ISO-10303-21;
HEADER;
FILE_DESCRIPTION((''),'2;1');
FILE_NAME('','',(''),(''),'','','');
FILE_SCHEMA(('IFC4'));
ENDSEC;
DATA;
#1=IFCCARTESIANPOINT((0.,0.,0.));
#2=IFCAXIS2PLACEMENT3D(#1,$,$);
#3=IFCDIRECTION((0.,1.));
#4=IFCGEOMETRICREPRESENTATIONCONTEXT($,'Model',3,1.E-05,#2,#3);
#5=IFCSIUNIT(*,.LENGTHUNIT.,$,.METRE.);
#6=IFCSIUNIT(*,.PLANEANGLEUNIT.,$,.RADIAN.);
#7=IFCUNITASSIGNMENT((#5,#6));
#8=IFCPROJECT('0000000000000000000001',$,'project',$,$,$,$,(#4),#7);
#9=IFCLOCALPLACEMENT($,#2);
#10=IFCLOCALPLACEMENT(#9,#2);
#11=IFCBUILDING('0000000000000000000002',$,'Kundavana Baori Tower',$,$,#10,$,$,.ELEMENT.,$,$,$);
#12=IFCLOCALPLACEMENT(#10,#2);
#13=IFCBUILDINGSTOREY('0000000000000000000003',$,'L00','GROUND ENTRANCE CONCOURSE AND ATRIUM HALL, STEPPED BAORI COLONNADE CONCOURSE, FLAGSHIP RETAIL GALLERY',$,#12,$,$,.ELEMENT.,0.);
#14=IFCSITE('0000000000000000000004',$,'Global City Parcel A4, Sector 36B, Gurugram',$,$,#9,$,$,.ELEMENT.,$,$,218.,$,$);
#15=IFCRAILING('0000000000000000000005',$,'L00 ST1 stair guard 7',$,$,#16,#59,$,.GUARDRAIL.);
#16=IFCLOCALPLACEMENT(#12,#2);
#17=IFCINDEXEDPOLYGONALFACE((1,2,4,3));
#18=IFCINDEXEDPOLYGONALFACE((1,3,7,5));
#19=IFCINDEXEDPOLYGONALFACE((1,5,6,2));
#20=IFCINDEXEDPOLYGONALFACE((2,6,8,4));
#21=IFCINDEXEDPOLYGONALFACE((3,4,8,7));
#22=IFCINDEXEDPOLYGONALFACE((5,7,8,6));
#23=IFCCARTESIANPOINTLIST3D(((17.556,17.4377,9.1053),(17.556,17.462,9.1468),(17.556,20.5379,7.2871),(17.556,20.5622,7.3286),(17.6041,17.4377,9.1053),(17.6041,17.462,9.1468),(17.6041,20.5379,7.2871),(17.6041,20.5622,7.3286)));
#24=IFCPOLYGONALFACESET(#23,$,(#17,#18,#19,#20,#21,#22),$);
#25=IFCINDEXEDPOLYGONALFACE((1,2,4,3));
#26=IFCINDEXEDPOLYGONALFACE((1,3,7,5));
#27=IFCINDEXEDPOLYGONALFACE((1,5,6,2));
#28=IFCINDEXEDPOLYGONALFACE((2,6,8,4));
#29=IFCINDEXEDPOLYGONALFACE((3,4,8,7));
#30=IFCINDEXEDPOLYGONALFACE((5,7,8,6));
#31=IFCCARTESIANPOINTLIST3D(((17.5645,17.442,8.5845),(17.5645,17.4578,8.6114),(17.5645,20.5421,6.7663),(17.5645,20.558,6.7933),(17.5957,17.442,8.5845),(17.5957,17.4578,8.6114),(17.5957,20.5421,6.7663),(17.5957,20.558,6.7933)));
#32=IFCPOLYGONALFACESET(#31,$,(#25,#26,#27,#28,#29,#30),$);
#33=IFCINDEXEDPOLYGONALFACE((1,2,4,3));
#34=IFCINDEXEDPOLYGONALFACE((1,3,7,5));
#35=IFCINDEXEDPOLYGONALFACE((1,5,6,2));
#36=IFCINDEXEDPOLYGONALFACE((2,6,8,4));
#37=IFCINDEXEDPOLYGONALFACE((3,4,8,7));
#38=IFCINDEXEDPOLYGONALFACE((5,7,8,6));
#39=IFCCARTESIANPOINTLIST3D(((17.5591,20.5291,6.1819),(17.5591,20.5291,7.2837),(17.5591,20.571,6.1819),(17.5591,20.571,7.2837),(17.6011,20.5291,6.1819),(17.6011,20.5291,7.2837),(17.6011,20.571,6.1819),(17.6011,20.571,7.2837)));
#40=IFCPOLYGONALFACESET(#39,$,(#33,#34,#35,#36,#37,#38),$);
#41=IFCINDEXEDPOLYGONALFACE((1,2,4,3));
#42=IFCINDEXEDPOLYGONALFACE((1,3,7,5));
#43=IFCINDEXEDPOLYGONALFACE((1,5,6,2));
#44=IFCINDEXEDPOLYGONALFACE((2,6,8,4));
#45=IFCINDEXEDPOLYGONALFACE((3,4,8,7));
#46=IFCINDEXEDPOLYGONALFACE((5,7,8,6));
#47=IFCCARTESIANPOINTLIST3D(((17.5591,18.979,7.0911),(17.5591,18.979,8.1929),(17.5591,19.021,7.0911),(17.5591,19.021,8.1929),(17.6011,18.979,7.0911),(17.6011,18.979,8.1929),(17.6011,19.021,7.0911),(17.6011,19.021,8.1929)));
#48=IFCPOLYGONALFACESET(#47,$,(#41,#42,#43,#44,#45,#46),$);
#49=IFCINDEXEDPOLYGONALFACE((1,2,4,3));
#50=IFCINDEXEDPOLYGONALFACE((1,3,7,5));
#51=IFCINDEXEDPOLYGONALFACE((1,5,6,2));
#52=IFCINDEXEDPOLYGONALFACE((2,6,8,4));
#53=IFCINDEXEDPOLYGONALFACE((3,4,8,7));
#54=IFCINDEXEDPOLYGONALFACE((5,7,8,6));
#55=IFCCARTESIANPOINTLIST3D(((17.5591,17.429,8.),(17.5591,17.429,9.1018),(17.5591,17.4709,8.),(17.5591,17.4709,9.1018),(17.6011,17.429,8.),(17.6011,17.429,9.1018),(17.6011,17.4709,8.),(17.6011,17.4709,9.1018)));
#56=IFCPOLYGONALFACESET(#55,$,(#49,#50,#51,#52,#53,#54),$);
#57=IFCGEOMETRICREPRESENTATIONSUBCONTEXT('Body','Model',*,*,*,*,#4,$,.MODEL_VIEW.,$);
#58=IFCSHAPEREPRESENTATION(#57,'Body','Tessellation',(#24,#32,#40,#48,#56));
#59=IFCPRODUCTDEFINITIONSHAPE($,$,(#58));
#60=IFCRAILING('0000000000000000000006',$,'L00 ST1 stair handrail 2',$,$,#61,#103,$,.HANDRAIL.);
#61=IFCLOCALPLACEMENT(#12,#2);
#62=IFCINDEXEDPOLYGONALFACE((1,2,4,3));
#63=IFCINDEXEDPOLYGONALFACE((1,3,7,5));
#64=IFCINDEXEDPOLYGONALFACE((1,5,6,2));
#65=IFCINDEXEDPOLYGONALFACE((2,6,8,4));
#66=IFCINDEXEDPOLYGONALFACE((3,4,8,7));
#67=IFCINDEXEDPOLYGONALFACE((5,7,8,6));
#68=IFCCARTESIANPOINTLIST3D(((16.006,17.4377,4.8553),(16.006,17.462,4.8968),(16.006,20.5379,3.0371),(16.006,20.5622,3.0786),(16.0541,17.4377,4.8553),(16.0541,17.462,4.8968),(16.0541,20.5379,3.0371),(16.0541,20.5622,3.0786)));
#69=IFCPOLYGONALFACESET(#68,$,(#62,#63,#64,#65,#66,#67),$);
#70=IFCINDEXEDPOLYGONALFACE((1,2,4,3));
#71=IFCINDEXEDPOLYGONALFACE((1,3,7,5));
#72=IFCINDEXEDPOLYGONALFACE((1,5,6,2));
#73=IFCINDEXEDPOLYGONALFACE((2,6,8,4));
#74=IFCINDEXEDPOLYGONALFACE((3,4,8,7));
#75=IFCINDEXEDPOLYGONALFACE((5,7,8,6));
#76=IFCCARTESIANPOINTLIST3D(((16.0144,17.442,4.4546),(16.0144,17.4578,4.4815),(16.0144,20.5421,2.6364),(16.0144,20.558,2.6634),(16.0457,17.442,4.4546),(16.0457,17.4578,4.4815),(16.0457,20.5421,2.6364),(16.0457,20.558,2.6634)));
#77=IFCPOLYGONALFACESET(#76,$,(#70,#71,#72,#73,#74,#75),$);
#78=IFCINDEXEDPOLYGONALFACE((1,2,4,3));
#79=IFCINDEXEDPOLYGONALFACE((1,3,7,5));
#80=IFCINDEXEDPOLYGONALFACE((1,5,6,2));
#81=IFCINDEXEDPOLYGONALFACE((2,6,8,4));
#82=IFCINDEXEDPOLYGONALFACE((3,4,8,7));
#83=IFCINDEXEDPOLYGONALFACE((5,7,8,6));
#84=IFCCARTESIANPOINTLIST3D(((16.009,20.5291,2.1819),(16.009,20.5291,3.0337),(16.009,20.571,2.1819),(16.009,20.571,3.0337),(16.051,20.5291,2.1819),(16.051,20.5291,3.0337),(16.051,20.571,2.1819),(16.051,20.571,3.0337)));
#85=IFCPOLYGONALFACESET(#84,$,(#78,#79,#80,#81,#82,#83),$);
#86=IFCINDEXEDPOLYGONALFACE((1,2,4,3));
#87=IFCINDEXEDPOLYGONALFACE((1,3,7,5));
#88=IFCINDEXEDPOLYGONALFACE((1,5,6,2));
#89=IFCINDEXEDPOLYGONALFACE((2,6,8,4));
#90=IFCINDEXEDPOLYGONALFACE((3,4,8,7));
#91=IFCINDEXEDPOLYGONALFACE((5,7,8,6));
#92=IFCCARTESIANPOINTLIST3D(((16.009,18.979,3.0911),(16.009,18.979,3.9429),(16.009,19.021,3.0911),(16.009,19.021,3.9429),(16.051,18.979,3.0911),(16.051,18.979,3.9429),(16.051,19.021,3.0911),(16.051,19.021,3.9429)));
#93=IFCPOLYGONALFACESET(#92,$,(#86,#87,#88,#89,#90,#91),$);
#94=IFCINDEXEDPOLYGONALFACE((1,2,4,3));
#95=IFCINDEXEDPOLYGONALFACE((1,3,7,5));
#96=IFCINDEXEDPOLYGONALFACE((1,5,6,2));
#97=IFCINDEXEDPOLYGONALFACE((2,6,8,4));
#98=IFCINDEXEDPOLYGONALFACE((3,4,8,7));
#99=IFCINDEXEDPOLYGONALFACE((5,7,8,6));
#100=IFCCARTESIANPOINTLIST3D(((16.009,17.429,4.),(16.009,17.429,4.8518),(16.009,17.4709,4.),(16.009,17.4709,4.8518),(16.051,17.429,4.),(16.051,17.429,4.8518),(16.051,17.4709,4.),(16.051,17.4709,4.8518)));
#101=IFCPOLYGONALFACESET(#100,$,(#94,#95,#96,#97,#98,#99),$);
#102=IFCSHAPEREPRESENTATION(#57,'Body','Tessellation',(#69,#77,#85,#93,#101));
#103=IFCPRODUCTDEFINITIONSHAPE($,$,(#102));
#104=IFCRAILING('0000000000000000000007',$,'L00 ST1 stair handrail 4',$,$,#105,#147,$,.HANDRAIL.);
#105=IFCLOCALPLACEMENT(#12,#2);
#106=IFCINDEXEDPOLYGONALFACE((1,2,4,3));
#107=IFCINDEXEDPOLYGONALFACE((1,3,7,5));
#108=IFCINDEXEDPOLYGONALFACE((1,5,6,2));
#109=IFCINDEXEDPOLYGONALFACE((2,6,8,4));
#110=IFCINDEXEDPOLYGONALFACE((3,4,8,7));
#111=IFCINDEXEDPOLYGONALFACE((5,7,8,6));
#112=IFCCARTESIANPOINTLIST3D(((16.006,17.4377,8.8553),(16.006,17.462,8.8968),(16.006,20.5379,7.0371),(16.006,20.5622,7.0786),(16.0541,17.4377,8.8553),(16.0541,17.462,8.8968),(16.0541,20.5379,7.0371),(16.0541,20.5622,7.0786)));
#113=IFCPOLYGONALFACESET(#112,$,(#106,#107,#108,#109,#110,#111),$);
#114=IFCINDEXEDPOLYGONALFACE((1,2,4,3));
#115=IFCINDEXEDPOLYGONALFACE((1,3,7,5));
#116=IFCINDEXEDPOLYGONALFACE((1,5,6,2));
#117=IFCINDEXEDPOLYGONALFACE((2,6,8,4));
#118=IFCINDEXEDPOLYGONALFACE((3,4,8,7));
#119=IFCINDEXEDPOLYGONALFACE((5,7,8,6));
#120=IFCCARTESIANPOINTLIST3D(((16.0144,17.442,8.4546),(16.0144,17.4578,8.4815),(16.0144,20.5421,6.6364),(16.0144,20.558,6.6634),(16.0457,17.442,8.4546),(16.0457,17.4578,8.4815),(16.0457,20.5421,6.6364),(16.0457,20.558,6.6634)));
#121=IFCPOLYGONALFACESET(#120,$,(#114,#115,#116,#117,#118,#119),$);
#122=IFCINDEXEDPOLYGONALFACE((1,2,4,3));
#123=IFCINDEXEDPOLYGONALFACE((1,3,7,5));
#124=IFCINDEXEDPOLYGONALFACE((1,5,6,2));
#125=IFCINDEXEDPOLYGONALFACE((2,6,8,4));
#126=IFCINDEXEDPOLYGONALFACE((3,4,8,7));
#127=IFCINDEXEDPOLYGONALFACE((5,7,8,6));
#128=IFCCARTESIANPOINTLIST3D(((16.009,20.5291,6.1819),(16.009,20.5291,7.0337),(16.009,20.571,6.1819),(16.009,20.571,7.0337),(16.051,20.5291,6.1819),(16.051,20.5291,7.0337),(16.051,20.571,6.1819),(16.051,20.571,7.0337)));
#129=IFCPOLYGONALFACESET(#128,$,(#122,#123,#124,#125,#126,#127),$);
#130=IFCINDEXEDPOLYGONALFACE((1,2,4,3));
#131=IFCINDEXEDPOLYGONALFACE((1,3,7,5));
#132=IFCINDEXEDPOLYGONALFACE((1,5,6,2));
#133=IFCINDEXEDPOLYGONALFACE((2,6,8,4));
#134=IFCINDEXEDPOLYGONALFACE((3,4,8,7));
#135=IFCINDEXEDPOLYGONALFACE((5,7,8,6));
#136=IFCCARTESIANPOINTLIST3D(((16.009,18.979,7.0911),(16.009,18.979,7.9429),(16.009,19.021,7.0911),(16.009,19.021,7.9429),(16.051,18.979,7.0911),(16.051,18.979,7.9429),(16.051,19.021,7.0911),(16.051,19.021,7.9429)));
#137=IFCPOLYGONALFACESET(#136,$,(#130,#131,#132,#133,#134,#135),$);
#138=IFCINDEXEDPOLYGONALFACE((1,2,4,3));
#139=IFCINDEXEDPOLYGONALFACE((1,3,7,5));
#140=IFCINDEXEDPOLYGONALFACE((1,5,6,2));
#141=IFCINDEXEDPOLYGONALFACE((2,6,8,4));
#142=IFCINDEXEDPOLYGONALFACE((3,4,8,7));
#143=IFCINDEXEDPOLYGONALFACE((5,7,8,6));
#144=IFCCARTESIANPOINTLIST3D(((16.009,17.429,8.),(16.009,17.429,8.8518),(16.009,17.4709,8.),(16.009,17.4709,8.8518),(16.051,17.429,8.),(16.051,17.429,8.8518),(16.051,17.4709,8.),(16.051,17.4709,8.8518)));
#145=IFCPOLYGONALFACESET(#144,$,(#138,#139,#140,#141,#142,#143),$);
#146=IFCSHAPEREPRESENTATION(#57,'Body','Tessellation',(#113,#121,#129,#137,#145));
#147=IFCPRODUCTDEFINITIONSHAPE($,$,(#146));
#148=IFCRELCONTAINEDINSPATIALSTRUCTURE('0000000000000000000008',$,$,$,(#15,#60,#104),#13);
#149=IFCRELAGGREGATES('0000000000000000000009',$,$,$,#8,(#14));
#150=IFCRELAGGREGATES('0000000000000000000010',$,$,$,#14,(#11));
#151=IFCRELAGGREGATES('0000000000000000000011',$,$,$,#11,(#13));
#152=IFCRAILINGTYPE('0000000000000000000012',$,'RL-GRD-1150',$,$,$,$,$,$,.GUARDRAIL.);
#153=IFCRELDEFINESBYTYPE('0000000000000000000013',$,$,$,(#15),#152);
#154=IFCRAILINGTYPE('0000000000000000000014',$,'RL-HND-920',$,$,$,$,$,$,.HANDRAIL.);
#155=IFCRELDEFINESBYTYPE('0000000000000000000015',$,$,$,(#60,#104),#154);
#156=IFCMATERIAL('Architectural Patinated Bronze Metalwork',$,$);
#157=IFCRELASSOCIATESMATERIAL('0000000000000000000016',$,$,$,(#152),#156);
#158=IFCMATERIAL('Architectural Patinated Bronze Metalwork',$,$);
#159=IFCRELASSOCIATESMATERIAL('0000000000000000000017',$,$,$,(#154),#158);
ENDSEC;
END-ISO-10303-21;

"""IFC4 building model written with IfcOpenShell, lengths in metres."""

from ifc_helpers import new_model, si_unit, direction, frame, origin, origin_2d, place, context, subcontext, project, spatial, rectangle, extrude, material, type_object, element, save


model = new_model("IFC4")

# Units and contexts
model_context = context("Model", 3, precision=1e-05, world=origin(), true_north=direction((0.0, 1.0)))
body_context = subcontext(model_context, "Body", "Model", "MODEL_VIEW")
ifc_project = project(units=[si_unit("LENGTHUNIT", "METRE"), si_unit("PLANEANGLEUNIT", "RADIAN")], contexts=[model_context])

# Site, building, storey
site_placement = place(None, origin())
site = spatial("IfcSite", under=ifc_project, at=site_placement, Name="Global City Parcel A4, Sector 36B, Gurugram", CompositionType="ELEMENT", RefElevation=218.0)
building_placement = place(site_placement, origin())
building = spatial("IfcBuilding", under=site, at=building_placement, Name="Kundavana Baori Tower", CompositionType="ELEMENT")
storey_placement = place(building_placement, origin())
storey = spatial("IfcBuildingStorey", under=building, at=storey_placement, Name="L00", Description="GROUND ENTRANCE CONCOURSE AND ATRIUM HALL, STEPPED BAORI COLONNADE CONCOURSE, FLAGSHIP RETAIL GALLERY", CompositionType="ELEMENT", Elevation=0.0)

# Railings
ifc_material_1 = material(Name="Architectural Patinated Bronze Metalwork")
railing_type_1 = type_object("IfcRailingType", Name="RL-GRD-1150", PredefinedType="GUARDRAIL", material=ifc_material_1)
railing_1_placement = place(storey_placement, frame((17.5801, 20.55, 6.1819)))
element("IfcRailing", 1, at=railing_1_placement, inside=storey, type_object=railing_type_1, Name="L00 ST1 stair guard 7", PredefinedType="GUARDRAIL", context=body_context, shape_type="SweptSolid", body=[
    extrude(rectangle(XDim=0.0481, YDim=0.0481, at=origin_2d()), frame((0.0, 0.0, 1.126), z_axis=(0.0, -0.862599, 0.505889), x_axis=(1.0, 0.0, 0.0)), (0.0, 0.0, 1.0), 3.594),
    extrude(rectangle(XDim=0.0312, YDim=0.0312, at=origin_2d()), frame((0.0, 0.0, 0.5979), z_axis=(0.0, -0.862599, 0.505889), x_axis=(1.0, 0.0, 0.0)), (0.0, 0.0, 1.0), 3.594),
    extrude(rectangle(XDim=0.042, YDim=0.042, at=origin_2d()), origin(), (0.0, 0.0, 1.0), 1.1018),
    extrude(rectangle(XDim=0.042, YDim=0.042, at=origin_2d()), frame((0.0, -1.55, 0.9092)), (0.0, 0.0, 1.0), 1.1018),
    extrude(rectangle(XDim=0.042, YDim=0.042, at=origin_2d()), frame((0.0, -3.1001, 1.8181)), (0.0, 0.0, 1.0), 1.1018),
])
ifc_material_2 = material(Name="Architectural Patinated Bronze Metalwork")
railing_type_2 = type_object("IfcRailingType", Name="RL-HND-920", PredefinedType="HANDRAIL", material=ifc_material_2)
for number, where, name in (
    (2, (16.03, 20.55, 2.1819), "L00 ST1 stair handrail 2"),
    (3, (16.03, 20.55, 6.1819), "L00 ST1 stair handrail 4"),
):
    element("IfcRailing", number, at=place(storey_placement, frame(where)), inside=storey, type_object=railing_type_2, Name=name, PredefinedType="HANDRAIL", context=body_context, shape_type="SweptSolid", body=[
        extrude(rectangle(XDim=0.0481, YDim=0.0481, at=origin_2d()), frame((0.0, 0.0, 0.876), z_axis=(0.0, -0.862599, 0.505889), x_axis=(1.0, 0.0, 0.0)), (0.0, 0.0, 1.0), 3.594),
        extrude(rectangle(XDim=0.0312, YDim=0.0312, at=origin_2d()), frame((0.0, 0.0, 0.468), z_axis=(0.0, -0.862599, 0.505889), x_axis=(1.0, 0.0, 0.0)), (0.0, 0.0, 1.0), 3.594),
        extrude(rectangle(XDim=0.042, YDim=0.042, at=origin_2d()), origin(), (0.0, 0.0, 1.0), 0.8518),
        extrude(rectangle(XDim=0.042, YDim=0.042, at=origin_2d()), frame((0.0, -1.55, 0.9092)), (0.0, 0.0, 1.0), 0.8518),
        extrude(rectangle(XDim=0.042, YDim=0.042, at=origin_2d()), frame((0.0, -3.1001, 1.8181)), (0.0, 0.0, 1.0), 0.8518),
    ])

save(model, "model.ifc")
